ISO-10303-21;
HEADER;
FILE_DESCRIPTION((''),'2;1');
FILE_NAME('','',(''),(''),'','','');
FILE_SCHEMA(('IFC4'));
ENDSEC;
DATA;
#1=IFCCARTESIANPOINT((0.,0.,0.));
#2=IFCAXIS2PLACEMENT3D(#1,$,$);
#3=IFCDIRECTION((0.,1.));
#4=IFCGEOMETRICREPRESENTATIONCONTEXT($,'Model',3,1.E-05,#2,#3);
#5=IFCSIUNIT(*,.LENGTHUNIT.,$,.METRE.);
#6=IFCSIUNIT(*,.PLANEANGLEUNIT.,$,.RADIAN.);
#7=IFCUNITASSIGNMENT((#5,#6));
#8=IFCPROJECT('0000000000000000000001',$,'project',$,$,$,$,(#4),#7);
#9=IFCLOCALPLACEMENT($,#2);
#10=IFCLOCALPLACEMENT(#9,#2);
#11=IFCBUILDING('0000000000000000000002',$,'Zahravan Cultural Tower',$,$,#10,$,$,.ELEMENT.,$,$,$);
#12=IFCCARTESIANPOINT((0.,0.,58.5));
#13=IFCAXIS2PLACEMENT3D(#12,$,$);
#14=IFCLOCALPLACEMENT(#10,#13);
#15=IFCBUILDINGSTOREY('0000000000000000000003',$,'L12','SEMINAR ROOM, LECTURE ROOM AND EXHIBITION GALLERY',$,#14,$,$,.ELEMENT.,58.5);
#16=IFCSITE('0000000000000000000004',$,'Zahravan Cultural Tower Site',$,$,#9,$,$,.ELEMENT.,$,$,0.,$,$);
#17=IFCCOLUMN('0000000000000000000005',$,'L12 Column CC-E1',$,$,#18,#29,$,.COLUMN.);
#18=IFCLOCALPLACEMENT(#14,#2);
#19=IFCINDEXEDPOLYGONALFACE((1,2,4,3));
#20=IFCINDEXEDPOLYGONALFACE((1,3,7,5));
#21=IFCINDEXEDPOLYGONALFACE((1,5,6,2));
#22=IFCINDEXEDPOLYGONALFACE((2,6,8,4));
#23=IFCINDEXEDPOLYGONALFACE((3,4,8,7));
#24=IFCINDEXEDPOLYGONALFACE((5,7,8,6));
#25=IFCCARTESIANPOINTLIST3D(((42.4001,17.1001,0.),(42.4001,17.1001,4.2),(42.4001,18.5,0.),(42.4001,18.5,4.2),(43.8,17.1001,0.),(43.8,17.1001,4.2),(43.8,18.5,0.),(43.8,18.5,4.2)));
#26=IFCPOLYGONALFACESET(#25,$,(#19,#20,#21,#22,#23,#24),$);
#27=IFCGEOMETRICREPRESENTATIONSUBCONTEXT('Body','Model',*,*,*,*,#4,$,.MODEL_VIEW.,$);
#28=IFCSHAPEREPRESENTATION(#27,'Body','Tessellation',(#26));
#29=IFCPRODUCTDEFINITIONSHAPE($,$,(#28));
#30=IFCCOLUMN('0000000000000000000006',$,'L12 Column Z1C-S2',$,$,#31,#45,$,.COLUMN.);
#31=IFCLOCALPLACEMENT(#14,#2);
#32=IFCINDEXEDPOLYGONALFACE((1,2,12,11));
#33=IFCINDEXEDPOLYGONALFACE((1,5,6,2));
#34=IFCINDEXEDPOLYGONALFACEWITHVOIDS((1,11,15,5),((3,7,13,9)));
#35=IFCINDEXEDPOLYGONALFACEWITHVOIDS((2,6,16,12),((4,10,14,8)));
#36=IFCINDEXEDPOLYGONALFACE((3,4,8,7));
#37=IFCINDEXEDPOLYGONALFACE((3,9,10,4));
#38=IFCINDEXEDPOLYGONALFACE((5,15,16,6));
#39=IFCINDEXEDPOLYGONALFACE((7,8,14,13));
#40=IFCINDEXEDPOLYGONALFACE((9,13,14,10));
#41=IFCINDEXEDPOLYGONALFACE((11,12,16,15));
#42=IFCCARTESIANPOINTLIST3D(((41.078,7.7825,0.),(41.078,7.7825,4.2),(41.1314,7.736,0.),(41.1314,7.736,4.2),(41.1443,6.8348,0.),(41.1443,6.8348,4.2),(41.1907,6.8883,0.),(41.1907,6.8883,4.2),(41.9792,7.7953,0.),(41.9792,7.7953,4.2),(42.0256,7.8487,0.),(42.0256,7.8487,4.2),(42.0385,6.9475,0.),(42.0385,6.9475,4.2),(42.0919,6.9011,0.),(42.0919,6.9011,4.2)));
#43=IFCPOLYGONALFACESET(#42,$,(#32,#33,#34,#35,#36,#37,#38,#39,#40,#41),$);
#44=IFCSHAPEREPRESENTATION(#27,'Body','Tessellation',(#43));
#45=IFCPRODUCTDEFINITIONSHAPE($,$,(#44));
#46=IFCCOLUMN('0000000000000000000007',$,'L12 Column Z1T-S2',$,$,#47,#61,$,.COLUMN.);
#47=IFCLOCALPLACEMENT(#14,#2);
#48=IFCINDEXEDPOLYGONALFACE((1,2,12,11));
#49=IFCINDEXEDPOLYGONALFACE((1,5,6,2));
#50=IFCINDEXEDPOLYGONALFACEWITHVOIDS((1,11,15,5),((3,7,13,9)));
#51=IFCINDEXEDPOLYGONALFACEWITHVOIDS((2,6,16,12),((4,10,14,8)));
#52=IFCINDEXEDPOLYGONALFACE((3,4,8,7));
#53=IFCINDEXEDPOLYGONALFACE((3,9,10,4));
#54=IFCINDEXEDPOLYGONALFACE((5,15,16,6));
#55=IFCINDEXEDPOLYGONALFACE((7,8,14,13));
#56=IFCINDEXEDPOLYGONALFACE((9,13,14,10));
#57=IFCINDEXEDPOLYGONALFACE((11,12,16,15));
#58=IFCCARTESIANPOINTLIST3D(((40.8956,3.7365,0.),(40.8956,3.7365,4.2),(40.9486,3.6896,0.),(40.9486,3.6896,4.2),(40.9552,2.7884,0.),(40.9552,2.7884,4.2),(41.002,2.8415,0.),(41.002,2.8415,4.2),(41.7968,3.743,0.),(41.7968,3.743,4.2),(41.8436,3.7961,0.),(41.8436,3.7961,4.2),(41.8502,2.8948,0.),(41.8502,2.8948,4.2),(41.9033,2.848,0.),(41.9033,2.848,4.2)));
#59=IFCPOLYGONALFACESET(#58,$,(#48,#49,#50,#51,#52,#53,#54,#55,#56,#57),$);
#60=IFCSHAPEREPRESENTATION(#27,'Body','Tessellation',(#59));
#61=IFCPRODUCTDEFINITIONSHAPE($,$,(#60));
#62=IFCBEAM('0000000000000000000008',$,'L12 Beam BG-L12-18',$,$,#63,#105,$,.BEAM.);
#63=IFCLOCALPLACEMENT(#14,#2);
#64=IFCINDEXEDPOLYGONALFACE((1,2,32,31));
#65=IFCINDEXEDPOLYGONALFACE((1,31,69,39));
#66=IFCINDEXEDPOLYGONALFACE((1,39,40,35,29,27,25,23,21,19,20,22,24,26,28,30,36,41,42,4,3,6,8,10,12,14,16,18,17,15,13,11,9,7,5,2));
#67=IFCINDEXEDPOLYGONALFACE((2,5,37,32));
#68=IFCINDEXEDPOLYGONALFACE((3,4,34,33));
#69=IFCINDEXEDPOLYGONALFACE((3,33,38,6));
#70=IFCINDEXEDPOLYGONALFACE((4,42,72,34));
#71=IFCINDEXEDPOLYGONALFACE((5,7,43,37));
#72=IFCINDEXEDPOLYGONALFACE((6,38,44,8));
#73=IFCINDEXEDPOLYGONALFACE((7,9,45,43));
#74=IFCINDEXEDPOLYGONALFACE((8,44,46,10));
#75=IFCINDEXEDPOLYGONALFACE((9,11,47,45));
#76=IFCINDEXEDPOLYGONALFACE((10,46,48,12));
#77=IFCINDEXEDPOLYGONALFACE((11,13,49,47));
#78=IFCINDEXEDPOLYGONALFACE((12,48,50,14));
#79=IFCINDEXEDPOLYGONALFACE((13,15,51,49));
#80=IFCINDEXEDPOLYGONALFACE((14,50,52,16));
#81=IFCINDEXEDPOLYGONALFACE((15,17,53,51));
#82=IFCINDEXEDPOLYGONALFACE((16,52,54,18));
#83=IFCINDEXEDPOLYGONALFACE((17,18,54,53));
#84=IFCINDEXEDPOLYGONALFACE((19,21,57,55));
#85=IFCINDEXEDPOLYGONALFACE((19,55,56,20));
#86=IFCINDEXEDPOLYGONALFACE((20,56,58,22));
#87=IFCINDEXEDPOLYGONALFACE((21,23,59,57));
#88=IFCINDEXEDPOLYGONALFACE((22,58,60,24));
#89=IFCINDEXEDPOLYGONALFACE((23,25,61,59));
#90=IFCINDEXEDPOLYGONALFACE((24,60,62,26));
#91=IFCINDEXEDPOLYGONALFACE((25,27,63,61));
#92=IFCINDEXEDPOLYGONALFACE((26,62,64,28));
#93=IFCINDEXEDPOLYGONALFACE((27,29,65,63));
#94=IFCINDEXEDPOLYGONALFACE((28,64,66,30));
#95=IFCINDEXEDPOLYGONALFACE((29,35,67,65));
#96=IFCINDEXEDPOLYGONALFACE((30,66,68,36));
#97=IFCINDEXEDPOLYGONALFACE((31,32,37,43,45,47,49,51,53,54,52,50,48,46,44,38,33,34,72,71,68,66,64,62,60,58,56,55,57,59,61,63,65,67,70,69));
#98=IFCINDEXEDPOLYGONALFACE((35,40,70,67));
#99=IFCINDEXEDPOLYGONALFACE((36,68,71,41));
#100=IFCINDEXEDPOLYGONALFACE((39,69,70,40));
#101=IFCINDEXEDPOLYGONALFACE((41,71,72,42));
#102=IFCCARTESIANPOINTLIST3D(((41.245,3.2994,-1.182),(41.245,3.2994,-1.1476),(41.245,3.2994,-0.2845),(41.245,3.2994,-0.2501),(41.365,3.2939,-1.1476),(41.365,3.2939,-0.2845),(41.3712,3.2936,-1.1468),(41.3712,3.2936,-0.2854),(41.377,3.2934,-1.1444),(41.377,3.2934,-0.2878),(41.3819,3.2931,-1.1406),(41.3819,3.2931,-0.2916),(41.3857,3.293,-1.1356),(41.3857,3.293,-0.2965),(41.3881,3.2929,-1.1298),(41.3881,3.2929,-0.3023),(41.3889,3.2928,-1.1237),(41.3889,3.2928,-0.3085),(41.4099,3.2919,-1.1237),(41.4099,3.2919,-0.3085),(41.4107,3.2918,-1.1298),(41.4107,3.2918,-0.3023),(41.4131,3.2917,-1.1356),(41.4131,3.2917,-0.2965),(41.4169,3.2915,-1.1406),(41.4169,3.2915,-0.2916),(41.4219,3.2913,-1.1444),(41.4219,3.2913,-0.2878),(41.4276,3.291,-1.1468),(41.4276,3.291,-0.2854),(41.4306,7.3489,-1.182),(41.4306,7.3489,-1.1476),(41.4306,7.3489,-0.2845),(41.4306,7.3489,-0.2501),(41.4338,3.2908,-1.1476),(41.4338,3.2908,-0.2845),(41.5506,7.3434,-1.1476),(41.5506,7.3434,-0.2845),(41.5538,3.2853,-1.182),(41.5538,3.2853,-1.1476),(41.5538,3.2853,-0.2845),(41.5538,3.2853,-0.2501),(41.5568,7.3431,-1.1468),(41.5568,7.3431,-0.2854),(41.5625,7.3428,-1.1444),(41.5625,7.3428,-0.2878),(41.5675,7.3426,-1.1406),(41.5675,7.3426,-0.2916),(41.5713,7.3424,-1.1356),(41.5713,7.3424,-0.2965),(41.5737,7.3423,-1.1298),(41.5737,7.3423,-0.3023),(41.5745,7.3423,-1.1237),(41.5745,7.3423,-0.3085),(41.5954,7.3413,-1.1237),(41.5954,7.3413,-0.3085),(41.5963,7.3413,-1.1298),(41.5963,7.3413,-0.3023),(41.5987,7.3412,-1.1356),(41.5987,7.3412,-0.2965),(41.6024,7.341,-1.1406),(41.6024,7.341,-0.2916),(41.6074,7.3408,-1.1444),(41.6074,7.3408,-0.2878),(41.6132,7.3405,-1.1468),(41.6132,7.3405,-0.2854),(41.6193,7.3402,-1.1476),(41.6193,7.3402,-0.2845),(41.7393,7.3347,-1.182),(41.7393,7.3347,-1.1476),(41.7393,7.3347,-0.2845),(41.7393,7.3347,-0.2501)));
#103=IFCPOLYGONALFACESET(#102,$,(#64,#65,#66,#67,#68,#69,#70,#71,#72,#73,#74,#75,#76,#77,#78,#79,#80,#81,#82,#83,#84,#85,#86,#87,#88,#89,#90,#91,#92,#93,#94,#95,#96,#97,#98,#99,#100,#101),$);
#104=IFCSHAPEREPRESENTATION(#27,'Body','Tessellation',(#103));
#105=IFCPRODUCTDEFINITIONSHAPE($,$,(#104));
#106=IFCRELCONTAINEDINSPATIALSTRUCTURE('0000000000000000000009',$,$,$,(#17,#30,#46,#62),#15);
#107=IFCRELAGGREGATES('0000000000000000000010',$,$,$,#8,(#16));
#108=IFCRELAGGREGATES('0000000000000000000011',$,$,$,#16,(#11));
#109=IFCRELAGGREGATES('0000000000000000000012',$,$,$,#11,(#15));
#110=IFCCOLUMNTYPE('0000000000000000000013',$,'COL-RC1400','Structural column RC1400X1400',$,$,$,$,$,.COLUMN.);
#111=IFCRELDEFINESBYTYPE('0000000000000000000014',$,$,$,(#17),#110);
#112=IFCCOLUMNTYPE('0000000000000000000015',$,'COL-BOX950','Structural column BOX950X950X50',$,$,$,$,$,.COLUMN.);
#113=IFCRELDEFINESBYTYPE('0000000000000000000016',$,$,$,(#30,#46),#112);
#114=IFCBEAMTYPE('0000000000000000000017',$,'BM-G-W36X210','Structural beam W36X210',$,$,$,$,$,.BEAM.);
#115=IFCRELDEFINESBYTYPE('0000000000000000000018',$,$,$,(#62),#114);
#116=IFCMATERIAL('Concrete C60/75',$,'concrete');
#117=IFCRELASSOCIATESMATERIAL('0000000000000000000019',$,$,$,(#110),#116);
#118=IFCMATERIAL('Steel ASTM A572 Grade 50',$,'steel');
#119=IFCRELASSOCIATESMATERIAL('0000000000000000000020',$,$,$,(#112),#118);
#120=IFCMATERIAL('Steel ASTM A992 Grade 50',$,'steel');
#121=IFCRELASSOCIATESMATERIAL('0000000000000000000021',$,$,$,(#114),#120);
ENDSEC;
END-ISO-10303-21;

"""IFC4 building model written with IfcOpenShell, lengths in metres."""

from ifc_helpers import new_model, si_unit, direction, frame, origin, origin_2d, place, context, subcontext, project, spatial, rectangle, hollow_rectangle, i_section, extrude, source, transform, mapped, material, material_profile, profile_set, type_object, element, save


model = new_model("IFC4")

# Units and contexts
model_context = context("Model", 3, precision=1e-05, world=origin(), true_north=direction((0.0, 1.0)))
body_context = subcontext(model_context, "Body", "Model", "MODEL_VIEW")
ifc_project = project(units=[si_unit("LENGTHUNIT", "METRE"), si_unit("PLANEANGLEUNIT", "RADIAN")], contexts=[model_context])

# Site, building, storey
site_placement = place(None, origin())
site = spatial("IfcSite", under=ifc_project, at=site_placement, Name="Zahravan Cultural Tower Site", CompositionType="ELEMENT", RefElevation=0.0)
building_placement = place(site_placement, origin())
building = spatial("IfcBuilding", under=site, at=building_placement, Name="Zahravan Cultural Tower", CompositionType="ELEMENT")
storey_placement = place(building_placement, frame((0.0, 0.0, 58.5)))
storey = spatial("IfcBuildingStorey", under=building, at=storey_placement, Name="L12", Description="SEMINAR ROOM, LECTURE ROOM AND EXHIBITION GALLERY", CompositionType="ELEMENT", Elevation=58.5)

# Columns
ifc_material_1 = material(Name="Concrete C60/75", Category="concrete")
ifc_material_profile_1 = material_profile(ifc_material_1, rectangle(XDim=1.3999, YDim=1.3999, at=origin_2d()), Name="RC1400X1400")
ifc_profile_set_1 = profile_set([ifc_material_profile_1], Name="Concrete C60/75")
column_type_1 = type_object("IfcColumnType", Name="COL-RC1400", Description="Structural column RC1400X1400", PredefinedType="COLUMN", material=ifc_profile_set_1)
shared_shape_1 = source(origin(), body_context, "Body", "SweptSolid", [
    extrude(rectangle(XDim=1.3999, YDim=1.3999, at=origin_2d()), origin(), (0.0, 0.0, 1.0), 4.2),
])
column_placement = place(storey_placement, frame((43.1001, 17.8, 0.0), z_axis=(0.0, 0.0, 1.0), x_axis=(1.0, 0.0, 0.0)))
element("IfcColumn", 1, at=column_placement, inside=storey, type_object=column_type_1, Name="L12 Column CC-E1", PredefinedType="COLUMN", context=body_context, shape_type="MappedRepresentation", body=[
    mapped(shared_shape_1, transform((0.0, 0.0, 0.0), x_axis=(1.0, 0.0, 0.0), y_axis=(0.0, 1.0, 0.0), z_axis=(0.0, 0.0, 1.0), scale=1.0)),
])
ifc_material_2 = material(Name="Steel ASTM A572 Grade 50", Category="steel")
ifc_material_profile_2 = material_profile(ifc_material_2, hollow_rectangle(XDim=0.95, YDim=0.95, WallThickness=0.05, at=origin_2d()), Name="BOX950X950X50")
ifc_profile_set_2 = profile_set([ifc_material_profile_2], Name="Steel ASTM A572 Grade 50")
column_type_2 = type_object("IfcColumnType", Name="COL-BOX950", Description="Structural column BOX950X950X50", PredefinedType="COLUMN", material=ifc_profile_set_2)
shared_shape_2 = source(origin(), body_context, "Body", "SweptSolid", [
    extrude(hollow_rectangle(XDim=0.95, YDim=0.95, WallThickness=0.05, at=origin_2d()), origin(), (0.0, 0.0, 1.0), 4.2),
])
for number, where, z_axis, x_axis, name in (
    (2, (41.585, 7.3418, 0.0), (0.0, 0.0, 1.0), (-0.069756, 0.997564, 0.0), "L12 Column Z1C-S2"),
    (3, (41.3994, 3.2922, 0.0), (0.0, 0.0, 1.0), (-0.062791, 0.998027, 0.0), "L12 Column Z1T-S2"),
):
    element("IfcColumn", number, at=place(storey_placement, frame(where, z_axis=z_axis, x_axis=x_axis)), inside=storey, type_object=column_type_2, Name=name, PredefinedType="COLUMN", context=body_context, shape_type="MappedRepresentation", body=[
        mapped(shared_shape_2, transform((0.0, 0.0, 0.0), x_axis=(1.0, 0.0, 0.0), y_axis=(0.0, 1.0, 0.0), z_axis=(0.0, 0.0, 1.0), scale=1.0)),
    ])

# Beam
ifc_material_3 = material(Name="Steel ASTM A992 Grade 50", Category="steel")
ifc_material_profile_3 = material_profile(ifc_material_3, i_section(OverallWidth=0.3091, OverallDepth=0.9319, WebThickness=0.021, FlangeThickness=0.0344, FilletRadius=0.0239, at=origin_2d()), Name="W36X210")
ifc_profile_set_3 = profile_set([ifc_material_profile_3], Name="Steel ASTM A992 Grade 50")
beam_type = type_object("IfcBeamType", Name="BM-G-W36X210", Description="Structural beam W36X210", PredefinedType="BEAM", material=ifc_profile_set_3)
shared_shape_3 = source(origin(), body_context, "Body", "SweptSolid", [
    extrude(i_section(OverallWidth=0.3091, OverallDepth=0.9319, WebThickness=0.021, FlangeThickness=0.0344, FilletRadius=0.0239, at=origin_2d()), origin(), (0.0, 0.0, 1.0), 4.0537),
])
beam_placement = place(storey_placement, frame((41.585, 7.3418, -0.7161), z_axis=(-0.045771, -0.998952, 0.0), x_axis=(0.998952, -0.045771, 0.0)))
element("IfcBeam", 4, at=beam_placement, inside=storey, type_object=beam_type, Name="L12 Beam BG-L12-18", PredefinedType="BEAM", context=body_context, shape_type="MappedRepresentation", body=[
    mapped(shared_shape_3, transform((0.0, 0.0, 0.0), x_axis=(1.0, 0.0, 0.0), y_axis=(0.0, 1.0, 0.0), z_axis=(0.0, 0.0, 1.0), scale=1.0)),
])

save(model, "model.ifc")
